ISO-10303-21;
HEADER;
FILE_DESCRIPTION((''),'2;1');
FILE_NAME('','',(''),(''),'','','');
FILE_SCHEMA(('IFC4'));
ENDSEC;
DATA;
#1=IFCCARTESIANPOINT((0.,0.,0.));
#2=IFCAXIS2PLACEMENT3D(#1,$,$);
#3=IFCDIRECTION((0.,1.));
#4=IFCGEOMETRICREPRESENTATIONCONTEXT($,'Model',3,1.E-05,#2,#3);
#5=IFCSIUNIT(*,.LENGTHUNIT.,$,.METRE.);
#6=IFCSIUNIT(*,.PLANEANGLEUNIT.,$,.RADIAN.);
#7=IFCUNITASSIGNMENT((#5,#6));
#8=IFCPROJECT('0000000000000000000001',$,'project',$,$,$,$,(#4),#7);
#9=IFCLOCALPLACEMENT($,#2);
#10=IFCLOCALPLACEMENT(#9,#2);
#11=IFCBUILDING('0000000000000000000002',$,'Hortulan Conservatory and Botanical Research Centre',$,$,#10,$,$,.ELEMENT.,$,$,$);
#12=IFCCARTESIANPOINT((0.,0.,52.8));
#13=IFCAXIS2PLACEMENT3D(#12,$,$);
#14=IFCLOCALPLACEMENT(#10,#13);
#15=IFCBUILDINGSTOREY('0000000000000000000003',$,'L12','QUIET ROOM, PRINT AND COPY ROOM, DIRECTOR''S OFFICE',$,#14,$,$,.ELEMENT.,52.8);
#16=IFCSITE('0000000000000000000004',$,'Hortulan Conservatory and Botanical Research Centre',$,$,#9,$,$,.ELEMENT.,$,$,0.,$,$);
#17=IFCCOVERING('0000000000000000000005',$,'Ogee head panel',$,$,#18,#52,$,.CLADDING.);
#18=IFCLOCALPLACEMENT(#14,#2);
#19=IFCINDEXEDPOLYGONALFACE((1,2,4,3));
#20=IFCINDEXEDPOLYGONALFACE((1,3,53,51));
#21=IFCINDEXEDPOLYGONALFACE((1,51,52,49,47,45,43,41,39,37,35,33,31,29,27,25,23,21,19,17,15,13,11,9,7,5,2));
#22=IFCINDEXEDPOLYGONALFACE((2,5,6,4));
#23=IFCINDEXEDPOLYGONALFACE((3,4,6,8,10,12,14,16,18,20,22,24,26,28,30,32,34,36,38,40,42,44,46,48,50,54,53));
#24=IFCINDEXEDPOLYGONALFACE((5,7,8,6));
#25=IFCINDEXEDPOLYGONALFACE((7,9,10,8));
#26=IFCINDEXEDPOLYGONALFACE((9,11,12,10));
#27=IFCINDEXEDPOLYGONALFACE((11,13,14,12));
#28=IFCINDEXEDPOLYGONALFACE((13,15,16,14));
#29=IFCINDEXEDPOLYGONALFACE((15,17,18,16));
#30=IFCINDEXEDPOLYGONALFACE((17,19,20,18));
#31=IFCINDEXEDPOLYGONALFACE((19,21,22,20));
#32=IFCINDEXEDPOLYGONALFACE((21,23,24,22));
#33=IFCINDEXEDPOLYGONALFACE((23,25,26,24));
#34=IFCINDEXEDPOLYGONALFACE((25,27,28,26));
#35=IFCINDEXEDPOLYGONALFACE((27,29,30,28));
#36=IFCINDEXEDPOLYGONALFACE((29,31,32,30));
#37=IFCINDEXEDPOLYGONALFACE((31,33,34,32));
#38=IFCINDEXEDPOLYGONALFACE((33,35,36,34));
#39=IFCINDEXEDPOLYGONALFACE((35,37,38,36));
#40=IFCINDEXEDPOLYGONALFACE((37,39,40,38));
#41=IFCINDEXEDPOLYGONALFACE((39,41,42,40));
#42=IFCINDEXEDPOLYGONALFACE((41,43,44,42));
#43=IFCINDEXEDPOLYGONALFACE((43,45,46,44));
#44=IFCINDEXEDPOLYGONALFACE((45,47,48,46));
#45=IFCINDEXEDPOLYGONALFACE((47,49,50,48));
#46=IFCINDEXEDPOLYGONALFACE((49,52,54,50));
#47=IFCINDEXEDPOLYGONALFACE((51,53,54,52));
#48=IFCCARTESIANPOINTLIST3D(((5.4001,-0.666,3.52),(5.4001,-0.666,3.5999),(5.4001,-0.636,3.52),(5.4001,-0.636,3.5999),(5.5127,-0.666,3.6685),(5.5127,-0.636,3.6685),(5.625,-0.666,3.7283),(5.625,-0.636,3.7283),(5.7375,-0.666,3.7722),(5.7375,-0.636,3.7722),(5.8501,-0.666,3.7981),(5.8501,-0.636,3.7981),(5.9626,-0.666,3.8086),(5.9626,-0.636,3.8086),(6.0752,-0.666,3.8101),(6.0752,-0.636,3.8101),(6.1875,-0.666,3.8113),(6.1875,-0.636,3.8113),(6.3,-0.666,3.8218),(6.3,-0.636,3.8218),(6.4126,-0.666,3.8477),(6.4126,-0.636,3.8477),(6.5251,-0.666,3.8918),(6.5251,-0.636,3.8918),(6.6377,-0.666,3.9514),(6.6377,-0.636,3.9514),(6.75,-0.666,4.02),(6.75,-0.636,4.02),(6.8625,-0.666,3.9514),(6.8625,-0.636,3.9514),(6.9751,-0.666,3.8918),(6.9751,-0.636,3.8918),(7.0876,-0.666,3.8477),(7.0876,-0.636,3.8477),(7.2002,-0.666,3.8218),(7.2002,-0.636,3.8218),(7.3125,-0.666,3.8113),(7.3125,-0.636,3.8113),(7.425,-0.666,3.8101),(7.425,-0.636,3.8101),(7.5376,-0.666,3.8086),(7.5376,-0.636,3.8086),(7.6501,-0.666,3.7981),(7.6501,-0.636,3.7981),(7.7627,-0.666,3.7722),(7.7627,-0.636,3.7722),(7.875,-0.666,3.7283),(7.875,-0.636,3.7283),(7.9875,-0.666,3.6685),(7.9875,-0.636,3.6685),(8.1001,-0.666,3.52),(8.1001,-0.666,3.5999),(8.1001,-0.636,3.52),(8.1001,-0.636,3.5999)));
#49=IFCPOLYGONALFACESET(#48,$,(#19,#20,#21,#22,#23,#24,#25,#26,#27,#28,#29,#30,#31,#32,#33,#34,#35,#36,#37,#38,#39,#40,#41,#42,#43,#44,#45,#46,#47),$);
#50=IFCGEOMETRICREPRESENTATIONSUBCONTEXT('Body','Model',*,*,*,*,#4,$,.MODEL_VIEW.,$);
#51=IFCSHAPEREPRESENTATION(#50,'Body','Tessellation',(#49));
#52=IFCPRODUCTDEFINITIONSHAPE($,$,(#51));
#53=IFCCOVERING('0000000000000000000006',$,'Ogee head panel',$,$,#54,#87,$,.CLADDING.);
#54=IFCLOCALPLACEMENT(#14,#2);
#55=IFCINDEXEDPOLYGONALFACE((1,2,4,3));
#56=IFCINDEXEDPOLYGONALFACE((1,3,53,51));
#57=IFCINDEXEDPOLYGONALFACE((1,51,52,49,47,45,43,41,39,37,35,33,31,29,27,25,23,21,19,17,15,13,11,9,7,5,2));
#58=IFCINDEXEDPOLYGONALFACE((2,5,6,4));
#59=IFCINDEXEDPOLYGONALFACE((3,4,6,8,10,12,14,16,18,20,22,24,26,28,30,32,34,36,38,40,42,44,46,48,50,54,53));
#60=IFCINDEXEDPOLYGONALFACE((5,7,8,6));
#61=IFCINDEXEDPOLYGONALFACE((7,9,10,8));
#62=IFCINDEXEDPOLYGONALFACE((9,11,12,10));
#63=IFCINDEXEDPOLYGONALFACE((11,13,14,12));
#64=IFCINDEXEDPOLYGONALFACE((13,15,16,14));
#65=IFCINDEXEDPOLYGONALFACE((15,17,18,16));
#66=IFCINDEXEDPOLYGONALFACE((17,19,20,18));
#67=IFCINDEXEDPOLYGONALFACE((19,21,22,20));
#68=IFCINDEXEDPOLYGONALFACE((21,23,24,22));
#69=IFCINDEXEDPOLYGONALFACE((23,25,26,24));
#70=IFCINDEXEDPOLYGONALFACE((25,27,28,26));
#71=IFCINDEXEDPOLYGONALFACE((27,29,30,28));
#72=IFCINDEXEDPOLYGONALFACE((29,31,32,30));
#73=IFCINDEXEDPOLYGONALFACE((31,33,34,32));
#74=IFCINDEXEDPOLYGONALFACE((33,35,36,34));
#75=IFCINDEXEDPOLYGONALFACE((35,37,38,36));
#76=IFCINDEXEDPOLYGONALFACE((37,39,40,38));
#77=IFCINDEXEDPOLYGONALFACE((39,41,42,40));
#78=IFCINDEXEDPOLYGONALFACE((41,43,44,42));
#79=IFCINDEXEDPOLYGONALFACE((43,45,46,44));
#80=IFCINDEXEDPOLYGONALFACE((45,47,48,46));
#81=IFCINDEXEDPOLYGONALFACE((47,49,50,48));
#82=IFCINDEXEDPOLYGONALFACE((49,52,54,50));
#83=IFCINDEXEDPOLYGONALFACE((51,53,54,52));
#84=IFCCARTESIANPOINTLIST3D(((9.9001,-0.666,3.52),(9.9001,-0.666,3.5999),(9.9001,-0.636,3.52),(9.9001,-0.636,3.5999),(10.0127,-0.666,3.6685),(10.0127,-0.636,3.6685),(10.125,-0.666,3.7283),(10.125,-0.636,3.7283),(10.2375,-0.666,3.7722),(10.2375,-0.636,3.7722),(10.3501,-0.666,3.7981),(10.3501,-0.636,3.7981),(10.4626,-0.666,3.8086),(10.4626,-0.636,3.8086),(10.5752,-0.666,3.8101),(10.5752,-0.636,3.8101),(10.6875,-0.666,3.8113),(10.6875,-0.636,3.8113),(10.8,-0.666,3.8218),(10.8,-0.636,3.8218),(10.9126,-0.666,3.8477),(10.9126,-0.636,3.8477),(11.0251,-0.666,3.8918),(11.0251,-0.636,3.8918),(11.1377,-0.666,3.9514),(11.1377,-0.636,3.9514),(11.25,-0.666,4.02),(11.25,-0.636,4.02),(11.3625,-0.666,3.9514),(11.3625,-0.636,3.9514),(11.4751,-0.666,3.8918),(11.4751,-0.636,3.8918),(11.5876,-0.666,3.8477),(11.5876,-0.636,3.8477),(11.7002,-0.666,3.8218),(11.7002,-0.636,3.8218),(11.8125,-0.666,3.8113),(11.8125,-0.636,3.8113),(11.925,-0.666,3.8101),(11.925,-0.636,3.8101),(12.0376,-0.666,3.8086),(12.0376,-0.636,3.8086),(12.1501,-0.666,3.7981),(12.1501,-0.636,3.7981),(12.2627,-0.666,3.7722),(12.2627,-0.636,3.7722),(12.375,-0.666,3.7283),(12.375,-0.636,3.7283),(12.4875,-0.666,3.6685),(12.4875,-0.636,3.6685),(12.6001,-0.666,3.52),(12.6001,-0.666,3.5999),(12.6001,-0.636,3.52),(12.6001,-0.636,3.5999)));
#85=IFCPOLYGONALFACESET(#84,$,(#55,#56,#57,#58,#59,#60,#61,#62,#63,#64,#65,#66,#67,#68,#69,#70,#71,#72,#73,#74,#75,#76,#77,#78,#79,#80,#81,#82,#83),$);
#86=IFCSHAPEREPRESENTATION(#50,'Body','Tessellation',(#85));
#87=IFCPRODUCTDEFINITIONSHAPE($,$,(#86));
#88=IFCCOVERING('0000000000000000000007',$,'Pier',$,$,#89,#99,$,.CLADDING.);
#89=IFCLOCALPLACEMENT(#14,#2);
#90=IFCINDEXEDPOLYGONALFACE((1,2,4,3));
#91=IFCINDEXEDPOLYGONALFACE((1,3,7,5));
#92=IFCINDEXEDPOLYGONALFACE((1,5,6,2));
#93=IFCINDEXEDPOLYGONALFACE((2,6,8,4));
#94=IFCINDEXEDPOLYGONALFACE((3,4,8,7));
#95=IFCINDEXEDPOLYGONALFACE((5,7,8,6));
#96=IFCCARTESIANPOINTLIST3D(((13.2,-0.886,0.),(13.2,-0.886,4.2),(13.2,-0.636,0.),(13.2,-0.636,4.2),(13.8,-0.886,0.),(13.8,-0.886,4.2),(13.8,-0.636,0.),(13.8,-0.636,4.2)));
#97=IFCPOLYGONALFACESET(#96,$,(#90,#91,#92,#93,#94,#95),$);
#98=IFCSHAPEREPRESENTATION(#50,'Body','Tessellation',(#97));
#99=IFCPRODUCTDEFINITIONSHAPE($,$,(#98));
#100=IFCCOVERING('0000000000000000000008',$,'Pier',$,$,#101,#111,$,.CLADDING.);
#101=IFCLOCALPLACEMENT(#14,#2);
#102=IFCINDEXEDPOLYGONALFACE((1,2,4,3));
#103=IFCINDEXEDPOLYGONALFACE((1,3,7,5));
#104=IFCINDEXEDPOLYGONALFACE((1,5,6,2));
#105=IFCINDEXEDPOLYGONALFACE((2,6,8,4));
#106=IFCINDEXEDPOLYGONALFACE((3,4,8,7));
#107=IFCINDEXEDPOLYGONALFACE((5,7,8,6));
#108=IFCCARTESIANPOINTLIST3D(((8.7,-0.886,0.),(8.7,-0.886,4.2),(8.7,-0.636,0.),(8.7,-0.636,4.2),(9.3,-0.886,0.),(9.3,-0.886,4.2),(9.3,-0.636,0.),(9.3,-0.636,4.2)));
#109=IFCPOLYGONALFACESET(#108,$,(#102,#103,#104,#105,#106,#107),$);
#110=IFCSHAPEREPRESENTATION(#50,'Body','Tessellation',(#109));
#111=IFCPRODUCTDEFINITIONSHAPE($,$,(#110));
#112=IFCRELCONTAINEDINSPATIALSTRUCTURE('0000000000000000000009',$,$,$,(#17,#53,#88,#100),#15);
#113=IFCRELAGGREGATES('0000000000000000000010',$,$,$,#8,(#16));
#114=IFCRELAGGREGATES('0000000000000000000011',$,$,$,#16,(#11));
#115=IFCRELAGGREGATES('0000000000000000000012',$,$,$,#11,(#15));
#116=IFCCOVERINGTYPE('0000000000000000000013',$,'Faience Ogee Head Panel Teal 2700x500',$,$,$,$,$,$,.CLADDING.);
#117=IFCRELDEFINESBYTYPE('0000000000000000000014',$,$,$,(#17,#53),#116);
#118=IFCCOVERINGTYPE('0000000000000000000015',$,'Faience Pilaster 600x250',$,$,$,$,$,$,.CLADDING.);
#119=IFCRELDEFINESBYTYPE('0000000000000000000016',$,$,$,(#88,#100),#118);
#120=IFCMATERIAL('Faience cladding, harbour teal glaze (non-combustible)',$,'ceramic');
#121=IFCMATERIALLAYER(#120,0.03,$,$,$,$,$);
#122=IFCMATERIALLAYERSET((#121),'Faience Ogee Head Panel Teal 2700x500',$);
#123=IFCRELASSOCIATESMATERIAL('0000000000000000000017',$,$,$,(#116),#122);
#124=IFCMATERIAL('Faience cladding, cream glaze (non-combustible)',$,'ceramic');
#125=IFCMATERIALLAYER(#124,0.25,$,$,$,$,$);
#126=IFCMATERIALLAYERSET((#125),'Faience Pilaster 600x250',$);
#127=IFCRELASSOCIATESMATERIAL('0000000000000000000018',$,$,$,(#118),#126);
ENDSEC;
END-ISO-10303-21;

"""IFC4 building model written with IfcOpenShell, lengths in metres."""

from ifc_helpers import new_model, si_unit, direction, frame, origin, origin_2d, place, context, subcontext, project, spatial, polyline, rectangle, outline, extrude, material, layer, layer_set, type_object, element, save


model = new_model("IFC4")

# Units and contexts
model_context = context("Model", 3, precision=1e-05, world=origin(), true_north=direction((0.0, 1.0)))
body_context = subcontext(model_context, "Body", "Model", "MODEL_VIEW")
ifc_project = project(units=[si_unit("LENGTHUNIT", "METRE"), si_unit("PLANEANGLEUNIT", "RADIAN")], contexts=[model_context])

# Site, building, storey
site_placement = place(None, origin())
site = spatial("IfcSite", under=ifc_project, at=site_placement, Name="Hortulan Conservatory and Botanical Research Centre", CompositionType="ELEMENT", RefElevation=0.0)
building_placement = place(site_placement, origin())
building = spatial("IfcBuilding", under=site, at=building_placement, Name="Hortulan Conservatory and Botanical Research Centre", CompositionType="ELEMENT")
storey_placement = place(building_placement, frame((0.0, 0.0, 52.8)))
storey = spatial("IfcBuildingStorey", under=building, at=storey_placement, Name="L12", Description="QUIET ROOM, PRINT AND COPY ROOM, DIRECTOR'S OFFICE", CompositionType="ELEMENT", Elevation=52.8)

# Coverings
ifc_material_1 = material(Name="Faience cladding, harbour teal glaze (non-combustible)", Category="ceramic")
ifc_layer_1 = layer(ifc_material_1, 0.03)
ifc_layer_set_1 = layer_set([ifc_layer_1], Name="Faience Ogee Head Panel Teal 2700x500")
covering_type_1 = type_object("IfcCoveringType", Name="Faience Ogee Head Panel Teal 2700x500", PredefinedType="CLADDING", material=ifc_layer_set_1)
for number, where, z_axis, x_axis, name in (
    (1, (8.1001, -0.6509, 3.52), (0.0, 0.0, 1.0), (-1.0, 0.0, 0.0), "Ogee head panel"),
    (2, (12.6001, -0.6509, 3.52), (0.0, 0.0, 1.0), (-1.0, 0.0, 0.0), "Ogee head panel"),
):
    element("IfcCovering", number, at=place(storey_placement, frame(where, z_axis=z_axis, x_axis=x_axis)), inside=storey, type_object=covering_type_1, Name=name, PredefinedType="CLADDING", context=body_context, shape_type="SweptSolid", body=[
        extrude(outline(polyline([(0.0, 0.0), (2.7, 0.0), (2.7, 0.0798), (2.5874, 0.1484), (2.4751, 0.2083), (2.3625, 0.2522), (2.25, 0.2781), (2.1375, 0.2886), (2.0249, 0.29), (1.9126, 0.2913), (1.8, 0.3018), (1.6875, 0.3276), (1.575, 0.3718), (1.4624, 0.4314), (1.3501, 0.5), (1.2375, 0.4314), (1.125, 0.3718), (1.0125, 0.3276), (0.8999, 0.3018), (0.7876, 0.2913), (0.675, 0.29), (0.5625, 0.2886), (0.45, 0.2781), (0.3374, 0.2522), (0.2251, 0.2083), (0.1125, 0.1484), (0.0, 0.0798), (0.0, 0.0)])), frame((0.0, 0.0151, 0.0), z_axis=(0.0, -1.0, 0.0), x_axis=(1.0, 0.0, 0.0)), (0.0, 0.0, 1.0), 0.03),
    ])
ifc_material_2 = material(Name="Faience cladding, cream glaze (non-combustible)", Category="ceramic")
ifc_layer_2 = layer(ifc_material_2, 0.25)
ifc_layer_set_2 = layer_set([ifc_layer_2], Name="Faience Pilaster 600x250")
covering_type_2 = type_object("IfcCoveringType", Name="Faience Pilaster 600x250", PredefinedType="CLADDING", material=ifc_layer_set_2)
for number, where, z_axis, x_axis, name in (
    (3, (13.5, -0.761, 0.0), (0.0, 0.0, 1.0), (-1.0, 0.0, 0.0), "Pier"),
    (4, (9.0, -0.761, 0.0), (0.0, 0.0, 1.0), (-1.0, 0.0, 0.0), "Pier"),
):
    element("IfcCovering", number, at=place(storey_placement, frame(where, z_axis=z_axis, x_axis=x_axis)), inside=storey, type_object=covering_type_2, Name=name, PredefinedType="CLADDING", context=body_context, shape_type="SweptSolid", body=[
        extrude(rectangle(XDim=0.6001, YDim=0.25, at=origin_2d()), origin(), (0.0, 0.0, 1.0), 4.2),
    ])

save(model, "model.ifc")
